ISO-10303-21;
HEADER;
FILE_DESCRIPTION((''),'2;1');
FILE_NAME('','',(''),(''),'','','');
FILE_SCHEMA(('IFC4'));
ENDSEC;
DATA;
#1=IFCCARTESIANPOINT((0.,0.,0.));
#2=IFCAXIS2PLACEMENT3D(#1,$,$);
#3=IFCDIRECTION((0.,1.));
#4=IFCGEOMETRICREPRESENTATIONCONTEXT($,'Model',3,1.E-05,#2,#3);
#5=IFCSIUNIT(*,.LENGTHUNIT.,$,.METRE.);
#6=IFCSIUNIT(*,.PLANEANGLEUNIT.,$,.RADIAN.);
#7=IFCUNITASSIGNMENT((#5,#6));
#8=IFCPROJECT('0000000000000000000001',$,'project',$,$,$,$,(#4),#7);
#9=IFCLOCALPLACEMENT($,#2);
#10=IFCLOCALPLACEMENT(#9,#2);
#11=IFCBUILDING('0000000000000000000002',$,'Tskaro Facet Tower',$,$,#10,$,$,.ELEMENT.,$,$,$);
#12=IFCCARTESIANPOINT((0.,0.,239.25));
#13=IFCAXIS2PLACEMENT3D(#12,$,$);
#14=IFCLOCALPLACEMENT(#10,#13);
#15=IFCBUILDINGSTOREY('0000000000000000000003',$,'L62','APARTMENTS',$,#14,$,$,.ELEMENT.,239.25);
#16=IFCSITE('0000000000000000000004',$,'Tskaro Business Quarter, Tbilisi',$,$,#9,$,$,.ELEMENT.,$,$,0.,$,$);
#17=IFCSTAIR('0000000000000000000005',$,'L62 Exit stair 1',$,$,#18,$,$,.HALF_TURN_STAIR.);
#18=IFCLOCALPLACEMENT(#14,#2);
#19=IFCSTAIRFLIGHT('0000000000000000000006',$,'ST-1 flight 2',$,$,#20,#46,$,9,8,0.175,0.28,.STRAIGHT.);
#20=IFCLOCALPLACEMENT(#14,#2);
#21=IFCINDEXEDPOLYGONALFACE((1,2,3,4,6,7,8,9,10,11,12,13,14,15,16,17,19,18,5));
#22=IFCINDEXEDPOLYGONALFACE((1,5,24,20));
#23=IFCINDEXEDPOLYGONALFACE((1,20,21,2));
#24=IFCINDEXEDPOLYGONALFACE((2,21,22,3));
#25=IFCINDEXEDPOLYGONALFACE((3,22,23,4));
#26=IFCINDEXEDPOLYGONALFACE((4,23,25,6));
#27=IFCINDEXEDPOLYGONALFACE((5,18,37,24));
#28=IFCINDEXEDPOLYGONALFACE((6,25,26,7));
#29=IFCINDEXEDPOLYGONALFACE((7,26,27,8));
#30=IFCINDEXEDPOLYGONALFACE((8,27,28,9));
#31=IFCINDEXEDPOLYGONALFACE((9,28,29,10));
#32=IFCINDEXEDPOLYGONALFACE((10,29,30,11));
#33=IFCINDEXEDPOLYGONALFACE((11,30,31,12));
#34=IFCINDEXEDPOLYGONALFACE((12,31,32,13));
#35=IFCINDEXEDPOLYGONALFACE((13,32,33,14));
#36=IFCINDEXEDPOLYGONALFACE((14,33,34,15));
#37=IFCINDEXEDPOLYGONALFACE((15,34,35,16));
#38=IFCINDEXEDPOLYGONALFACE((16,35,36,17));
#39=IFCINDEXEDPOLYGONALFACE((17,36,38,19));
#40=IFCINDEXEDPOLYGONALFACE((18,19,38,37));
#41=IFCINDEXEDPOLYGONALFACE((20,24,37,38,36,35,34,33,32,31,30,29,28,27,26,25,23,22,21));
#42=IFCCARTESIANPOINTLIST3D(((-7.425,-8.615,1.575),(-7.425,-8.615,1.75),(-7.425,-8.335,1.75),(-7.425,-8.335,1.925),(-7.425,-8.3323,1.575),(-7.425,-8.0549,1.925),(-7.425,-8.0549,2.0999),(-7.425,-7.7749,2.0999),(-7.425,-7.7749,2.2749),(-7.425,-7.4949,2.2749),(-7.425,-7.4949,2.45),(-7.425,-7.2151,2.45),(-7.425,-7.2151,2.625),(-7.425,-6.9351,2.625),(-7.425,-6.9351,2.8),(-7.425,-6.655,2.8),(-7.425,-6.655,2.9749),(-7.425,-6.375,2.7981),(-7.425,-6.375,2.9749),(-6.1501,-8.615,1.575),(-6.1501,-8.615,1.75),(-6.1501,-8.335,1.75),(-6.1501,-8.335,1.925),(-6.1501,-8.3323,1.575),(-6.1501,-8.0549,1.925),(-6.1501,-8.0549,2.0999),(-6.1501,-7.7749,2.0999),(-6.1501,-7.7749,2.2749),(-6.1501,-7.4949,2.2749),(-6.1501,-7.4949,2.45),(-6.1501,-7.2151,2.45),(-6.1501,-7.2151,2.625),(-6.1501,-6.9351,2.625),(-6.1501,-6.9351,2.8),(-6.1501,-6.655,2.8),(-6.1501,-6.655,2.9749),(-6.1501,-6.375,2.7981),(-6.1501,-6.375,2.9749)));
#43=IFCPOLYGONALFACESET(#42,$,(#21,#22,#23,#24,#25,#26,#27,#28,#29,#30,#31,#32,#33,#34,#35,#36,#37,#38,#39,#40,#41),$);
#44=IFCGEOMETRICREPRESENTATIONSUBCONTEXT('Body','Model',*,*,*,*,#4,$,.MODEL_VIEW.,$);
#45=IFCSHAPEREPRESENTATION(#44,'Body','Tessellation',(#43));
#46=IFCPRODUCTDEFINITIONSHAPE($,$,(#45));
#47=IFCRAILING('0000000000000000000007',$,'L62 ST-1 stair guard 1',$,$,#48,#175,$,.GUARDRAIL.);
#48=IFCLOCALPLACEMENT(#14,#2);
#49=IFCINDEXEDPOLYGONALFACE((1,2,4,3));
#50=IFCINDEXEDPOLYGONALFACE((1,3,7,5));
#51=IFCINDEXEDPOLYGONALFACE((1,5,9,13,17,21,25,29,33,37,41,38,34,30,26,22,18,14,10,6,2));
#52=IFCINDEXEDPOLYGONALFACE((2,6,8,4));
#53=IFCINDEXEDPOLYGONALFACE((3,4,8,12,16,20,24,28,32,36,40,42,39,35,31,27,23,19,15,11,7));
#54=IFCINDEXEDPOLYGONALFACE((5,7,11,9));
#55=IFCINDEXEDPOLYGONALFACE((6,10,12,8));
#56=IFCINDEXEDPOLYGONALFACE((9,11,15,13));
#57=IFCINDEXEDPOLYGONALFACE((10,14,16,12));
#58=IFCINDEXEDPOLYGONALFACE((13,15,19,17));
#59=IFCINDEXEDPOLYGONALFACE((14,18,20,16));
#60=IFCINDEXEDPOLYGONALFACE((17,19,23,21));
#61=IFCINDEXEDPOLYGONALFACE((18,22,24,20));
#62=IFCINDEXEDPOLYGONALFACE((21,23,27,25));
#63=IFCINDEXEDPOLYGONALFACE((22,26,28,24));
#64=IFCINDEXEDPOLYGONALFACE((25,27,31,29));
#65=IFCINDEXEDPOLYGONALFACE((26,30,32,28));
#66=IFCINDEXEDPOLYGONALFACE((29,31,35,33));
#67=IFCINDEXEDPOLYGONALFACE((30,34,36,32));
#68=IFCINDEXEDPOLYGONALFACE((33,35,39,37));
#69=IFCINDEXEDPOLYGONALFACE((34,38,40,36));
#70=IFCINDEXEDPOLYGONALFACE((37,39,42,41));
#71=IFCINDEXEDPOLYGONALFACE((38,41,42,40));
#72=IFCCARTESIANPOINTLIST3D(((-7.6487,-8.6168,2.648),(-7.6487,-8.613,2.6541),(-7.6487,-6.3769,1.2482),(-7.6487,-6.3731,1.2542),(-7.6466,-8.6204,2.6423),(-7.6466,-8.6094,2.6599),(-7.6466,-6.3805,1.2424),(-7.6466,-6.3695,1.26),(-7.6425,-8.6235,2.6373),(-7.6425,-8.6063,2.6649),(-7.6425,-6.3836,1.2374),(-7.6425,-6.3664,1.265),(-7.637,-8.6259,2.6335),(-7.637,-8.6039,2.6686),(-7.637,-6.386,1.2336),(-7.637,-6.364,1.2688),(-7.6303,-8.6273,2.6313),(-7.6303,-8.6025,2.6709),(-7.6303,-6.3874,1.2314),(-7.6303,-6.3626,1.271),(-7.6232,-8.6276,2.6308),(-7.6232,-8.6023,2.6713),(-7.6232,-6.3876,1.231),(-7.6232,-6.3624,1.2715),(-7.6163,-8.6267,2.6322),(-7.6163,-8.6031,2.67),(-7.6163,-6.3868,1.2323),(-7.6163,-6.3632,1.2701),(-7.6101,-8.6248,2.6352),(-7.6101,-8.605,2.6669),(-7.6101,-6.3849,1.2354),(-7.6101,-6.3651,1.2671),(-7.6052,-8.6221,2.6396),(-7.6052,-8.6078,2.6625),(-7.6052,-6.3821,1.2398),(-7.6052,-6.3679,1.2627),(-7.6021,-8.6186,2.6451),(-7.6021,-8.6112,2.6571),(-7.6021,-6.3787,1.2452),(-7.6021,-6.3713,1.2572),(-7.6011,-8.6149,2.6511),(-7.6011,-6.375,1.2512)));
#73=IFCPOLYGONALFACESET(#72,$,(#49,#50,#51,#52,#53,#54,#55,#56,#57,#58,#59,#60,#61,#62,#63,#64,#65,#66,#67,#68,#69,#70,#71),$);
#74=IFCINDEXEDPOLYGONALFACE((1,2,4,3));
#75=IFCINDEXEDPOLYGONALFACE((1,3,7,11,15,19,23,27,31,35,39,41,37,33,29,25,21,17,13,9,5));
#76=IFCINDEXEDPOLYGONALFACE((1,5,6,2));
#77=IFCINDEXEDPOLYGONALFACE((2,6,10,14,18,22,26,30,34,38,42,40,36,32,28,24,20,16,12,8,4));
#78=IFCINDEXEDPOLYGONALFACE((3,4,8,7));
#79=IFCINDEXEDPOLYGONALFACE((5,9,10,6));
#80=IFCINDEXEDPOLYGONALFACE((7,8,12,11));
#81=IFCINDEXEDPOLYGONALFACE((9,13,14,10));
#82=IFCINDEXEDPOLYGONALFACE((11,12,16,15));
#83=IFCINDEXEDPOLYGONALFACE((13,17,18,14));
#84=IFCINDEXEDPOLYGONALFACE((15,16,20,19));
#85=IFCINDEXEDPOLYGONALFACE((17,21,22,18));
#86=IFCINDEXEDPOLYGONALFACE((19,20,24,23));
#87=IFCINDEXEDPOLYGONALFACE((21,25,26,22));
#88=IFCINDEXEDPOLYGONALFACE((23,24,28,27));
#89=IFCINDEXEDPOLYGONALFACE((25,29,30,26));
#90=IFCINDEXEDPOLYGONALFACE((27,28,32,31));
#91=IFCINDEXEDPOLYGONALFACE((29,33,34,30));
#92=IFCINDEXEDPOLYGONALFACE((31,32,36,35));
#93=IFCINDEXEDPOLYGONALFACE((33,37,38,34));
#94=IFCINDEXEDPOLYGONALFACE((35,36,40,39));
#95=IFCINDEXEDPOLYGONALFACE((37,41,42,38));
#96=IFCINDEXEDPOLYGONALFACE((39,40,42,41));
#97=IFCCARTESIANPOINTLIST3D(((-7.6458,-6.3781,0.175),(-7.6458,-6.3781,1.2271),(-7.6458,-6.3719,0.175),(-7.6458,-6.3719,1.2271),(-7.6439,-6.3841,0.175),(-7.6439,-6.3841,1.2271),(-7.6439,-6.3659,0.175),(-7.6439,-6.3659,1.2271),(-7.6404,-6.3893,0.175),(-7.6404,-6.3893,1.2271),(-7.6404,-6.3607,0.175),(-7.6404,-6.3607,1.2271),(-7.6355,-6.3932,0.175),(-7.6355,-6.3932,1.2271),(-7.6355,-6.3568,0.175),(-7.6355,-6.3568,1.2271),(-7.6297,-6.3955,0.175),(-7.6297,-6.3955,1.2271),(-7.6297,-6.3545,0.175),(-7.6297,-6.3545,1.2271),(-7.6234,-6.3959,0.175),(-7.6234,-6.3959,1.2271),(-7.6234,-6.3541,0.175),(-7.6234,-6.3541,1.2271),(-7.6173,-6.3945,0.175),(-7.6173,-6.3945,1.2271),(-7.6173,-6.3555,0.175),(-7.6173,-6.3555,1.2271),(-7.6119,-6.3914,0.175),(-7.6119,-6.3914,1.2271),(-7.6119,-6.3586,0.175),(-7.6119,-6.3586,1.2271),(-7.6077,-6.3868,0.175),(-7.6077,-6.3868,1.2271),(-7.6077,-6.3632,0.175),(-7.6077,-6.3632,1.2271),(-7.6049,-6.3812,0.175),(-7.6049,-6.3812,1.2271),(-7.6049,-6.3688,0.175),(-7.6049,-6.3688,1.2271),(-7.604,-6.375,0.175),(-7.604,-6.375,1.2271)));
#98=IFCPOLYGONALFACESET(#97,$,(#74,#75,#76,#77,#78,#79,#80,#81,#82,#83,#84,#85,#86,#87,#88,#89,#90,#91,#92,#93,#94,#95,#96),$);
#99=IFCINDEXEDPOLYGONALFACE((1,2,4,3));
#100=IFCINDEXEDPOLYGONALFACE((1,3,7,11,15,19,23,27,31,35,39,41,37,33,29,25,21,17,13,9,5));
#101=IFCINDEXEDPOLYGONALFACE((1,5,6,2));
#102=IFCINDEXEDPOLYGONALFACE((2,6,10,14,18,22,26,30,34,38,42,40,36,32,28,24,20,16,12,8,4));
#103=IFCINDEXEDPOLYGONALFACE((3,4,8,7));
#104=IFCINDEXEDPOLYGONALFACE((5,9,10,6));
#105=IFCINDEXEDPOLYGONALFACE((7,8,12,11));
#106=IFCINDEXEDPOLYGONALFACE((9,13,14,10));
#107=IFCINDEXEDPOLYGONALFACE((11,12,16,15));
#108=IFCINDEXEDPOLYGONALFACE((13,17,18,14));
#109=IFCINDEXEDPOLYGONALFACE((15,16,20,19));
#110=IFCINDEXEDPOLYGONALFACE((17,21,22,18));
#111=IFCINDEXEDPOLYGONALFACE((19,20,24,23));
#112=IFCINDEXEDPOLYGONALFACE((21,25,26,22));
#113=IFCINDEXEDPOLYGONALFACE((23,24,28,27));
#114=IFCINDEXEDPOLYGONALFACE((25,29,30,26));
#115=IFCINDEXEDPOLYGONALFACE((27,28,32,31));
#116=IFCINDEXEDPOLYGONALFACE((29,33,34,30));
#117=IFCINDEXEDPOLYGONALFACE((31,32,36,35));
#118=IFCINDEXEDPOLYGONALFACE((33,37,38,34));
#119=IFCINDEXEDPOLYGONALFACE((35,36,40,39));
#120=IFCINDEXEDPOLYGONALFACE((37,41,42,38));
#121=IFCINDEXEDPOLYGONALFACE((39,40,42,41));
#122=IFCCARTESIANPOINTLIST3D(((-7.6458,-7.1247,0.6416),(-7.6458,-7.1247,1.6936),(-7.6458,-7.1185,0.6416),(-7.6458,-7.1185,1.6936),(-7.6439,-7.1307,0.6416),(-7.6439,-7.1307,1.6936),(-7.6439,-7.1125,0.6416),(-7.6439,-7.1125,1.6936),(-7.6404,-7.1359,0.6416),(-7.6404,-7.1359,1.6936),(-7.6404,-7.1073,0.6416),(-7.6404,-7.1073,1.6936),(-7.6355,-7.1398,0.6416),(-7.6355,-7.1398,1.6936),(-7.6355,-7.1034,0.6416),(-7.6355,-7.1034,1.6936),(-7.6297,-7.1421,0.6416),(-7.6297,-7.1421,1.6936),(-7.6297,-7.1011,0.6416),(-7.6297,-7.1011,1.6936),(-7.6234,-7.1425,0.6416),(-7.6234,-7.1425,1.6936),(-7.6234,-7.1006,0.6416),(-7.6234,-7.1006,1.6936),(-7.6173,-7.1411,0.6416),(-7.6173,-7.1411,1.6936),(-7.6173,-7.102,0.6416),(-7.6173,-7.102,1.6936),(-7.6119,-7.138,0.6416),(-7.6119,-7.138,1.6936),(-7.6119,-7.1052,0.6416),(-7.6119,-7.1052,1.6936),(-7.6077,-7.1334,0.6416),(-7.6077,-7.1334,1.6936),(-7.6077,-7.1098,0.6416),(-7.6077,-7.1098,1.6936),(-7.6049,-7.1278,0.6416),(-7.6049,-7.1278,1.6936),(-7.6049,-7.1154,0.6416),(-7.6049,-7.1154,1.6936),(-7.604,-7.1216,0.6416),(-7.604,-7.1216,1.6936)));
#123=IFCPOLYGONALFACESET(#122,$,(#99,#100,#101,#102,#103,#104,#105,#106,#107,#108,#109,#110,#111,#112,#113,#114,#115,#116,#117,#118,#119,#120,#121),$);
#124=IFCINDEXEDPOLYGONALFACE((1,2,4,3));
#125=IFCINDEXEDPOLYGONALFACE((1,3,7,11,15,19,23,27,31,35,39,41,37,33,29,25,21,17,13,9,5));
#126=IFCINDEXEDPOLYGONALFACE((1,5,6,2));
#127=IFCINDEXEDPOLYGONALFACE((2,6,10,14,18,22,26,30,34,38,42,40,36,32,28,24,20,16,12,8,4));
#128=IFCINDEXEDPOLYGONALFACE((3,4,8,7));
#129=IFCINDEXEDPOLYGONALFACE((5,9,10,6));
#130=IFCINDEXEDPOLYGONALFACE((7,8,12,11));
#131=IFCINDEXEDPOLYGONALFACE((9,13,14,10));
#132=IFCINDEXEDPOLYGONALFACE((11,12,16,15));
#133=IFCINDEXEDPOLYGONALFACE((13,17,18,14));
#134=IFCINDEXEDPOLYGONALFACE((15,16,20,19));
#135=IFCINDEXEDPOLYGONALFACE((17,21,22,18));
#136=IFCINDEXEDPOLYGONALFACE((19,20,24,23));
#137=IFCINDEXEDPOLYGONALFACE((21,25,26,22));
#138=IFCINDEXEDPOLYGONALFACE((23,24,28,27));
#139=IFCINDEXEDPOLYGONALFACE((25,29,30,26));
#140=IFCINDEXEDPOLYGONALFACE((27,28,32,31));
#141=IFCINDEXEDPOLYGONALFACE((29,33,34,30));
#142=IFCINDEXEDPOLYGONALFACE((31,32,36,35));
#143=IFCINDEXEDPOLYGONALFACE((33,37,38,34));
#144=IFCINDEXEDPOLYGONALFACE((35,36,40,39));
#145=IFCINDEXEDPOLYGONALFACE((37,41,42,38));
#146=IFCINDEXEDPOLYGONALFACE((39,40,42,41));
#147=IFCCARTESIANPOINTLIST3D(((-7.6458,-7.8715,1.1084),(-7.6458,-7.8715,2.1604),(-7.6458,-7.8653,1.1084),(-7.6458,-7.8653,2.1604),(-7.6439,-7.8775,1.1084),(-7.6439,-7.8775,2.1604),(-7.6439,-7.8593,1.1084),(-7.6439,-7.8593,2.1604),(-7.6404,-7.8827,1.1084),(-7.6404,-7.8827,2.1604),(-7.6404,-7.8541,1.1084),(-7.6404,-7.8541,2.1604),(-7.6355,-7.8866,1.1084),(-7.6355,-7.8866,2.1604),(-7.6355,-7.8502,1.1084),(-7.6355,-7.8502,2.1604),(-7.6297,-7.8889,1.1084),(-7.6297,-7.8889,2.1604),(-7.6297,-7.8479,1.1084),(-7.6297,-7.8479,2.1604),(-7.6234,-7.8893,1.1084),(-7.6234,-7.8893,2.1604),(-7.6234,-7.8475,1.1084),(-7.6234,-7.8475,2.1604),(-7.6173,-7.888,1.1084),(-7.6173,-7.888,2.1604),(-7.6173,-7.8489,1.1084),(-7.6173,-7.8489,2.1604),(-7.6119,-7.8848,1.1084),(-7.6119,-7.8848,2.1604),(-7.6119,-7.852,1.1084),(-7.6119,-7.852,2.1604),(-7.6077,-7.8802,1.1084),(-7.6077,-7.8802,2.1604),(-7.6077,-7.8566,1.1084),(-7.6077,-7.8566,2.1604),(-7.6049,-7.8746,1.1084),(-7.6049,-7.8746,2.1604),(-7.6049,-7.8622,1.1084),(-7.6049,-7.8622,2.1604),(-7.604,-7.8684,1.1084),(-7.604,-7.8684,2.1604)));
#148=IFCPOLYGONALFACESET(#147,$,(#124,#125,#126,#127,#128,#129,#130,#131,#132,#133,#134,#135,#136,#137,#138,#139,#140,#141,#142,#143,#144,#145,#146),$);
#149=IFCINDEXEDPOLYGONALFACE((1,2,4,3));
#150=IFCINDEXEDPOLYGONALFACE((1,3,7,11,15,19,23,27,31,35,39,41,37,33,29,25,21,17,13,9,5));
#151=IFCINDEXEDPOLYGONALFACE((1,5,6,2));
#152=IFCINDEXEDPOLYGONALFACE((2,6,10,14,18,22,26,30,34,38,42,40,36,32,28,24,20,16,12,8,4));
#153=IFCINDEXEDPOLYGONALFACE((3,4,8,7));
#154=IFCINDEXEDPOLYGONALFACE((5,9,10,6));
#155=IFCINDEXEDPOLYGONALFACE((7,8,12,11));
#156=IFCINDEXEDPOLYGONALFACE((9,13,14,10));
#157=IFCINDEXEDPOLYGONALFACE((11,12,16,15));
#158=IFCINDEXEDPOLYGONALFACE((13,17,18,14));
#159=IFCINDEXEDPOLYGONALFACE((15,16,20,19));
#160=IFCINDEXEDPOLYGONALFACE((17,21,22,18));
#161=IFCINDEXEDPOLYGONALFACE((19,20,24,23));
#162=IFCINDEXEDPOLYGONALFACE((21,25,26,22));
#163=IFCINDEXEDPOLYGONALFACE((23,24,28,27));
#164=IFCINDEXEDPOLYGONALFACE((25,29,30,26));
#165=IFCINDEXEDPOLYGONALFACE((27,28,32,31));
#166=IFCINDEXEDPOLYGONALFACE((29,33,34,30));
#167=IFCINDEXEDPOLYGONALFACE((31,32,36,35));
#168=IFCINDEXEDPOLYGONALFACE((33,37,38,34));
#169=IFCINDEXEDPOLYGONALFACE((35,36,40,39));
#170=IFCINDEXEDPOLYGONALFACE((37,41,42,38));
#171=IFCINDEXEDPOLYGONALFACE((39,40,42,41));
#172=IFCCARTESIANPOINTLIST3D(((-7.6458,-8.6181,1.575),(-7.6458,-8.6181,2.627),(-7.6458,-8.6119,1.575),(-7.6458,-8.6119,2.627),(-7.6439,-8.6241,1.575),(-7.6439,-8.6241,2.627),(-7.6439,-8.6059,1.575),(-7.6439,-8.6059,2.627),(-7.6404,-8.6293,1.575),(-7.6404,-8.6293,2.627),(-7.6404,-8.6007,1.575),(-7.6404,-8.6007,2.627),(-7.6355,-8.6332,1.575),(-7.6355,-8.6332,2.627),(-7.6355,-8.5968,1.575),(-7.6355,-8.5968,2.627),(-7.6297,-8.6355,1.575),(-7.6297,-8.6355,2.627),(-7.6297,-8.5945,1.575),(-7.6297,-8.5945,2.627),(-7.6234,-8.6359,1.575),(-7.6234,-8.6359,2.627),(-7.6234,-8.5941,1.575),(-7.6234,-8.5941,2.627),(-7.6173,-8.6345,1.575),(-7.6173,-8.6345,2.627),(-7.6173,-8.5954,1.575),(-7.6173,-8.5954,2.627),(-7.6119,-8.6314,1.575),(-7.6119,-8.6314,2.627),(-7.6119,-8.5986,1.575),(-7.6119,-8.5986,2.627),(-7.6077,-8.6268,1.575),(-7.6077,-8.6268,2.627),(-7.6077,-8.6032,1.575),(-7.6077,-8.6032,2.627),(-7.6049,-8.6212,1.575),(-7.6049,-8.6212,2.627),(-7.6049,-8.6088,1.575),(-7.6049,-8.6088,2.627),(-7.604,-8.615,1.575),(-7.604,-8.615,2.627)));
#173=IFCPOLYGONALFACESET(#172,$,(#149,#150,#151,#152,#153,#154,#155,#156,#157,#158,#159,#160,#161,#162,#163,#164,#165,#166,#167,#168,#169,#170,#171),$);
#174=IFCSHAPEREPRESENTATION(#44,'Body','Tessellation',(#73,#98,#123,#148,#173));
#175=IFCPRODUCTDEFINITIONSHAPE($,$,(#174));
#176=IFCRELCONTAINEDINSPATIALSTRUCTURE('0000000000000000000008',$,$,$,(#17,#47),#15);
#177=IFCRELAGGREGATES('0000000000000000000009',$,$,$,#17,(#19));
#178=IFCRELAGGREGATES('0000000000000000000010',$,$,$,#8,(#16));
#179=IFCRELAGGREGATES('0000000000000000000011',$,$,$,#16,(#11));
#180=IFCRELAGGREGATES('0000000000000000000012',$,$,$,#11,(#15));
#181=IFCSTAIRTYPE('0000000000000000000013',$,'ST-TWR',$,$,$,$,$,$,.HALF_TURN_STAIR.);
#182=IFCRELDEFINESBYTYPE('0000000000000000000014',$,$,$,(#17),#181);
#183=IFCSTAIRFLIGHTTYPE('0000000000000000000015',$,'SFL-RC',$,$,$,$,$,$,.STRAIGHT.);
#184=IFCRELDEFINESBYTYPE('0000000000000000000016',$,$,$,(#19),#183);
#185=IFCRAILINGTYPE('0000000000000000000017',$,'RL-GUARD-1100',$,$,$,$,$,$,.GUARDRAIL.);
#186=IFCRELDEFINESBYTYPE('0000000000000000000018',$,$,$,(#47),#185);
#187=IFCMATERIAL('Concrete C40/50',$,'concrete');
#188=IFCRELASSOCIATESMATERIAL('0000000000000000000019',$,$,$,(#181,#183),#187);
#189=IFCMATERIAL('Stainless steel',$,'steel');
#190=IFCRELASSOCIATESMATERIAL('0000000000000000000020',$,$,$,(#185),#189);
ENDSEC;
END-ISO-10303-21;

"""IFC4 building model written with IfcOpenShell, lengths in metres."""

from ifc_helpers import new_model, si_unit, direction, frame, origin, origin_2d, place, context, subcontext, project, spatial, polyline, circle, outline, extrude, material, type_object, element, aggregate, save


model = new_model("IFC4")

# Units and contexts
model_context = context("Model", 3, precision=1e-05, world=origin(), true_north=direction((0.0, 1.0)))
body_context = subcontext(model_context, "Body", "Model", "MODEL_VIEW")
ifc_project = project(units=[si_unit("LENGTHUNIT", "METRE"), si_unit("PLANEANGLEUNIT", "RADIAN")], contexts=[model_context])

# Site, building, storey
site_placement = place(None, origin())
site = spatial("IfcSite", under=ifc_project, at=site_placement, Name="Tskaro Business Quarter, Tbilisi", CompositionType="ELEMENT", RefElevation=0.0)
building_placement = place(site_placement, origin())
building = spatial("IfcBuilding", under=site, at=building_placement, Name="Tskaro Facet Tower", CompositionType="ELEMENT")
storey_placement = place(building_placement, frame((0.0, 0.0, 239.25)))
storey = spatial("IfcBuildingStorey", under=building, at=storey_placement, Name="L62", Description="APARTMENTS", CompositionType="ELEMENT", Elevation=239.25)

# Shared definitions
ifc_material_1 = material(Name="Stainless steel", Category="steel")

# Shared definitions
ifc_material_2 = material(Name="Concrete C40/50", Category="concrete")

# Stair, stair flight
stair_type = type_object("IfcStairType", Name="ST-TWR", PredefinedType="HALF_TURN_STAIR", material=ifc_material_2)
stair_placement = place(storey_placement, origin())
stair = element("IfcStair", 1, at=stair_placement, inside=storey, type_object=stair_type, Name="L62 Exit stair 1", PredefinedType="HALF_TURN_STAIR")
stair_flight_type = type_object("IfcStairFlightType", Name="SFL-RC", PredefinedType="STRAIGHT", material=ifc_material_2)
stair_flight_1_placement = place(storey_placement, frame((-6.7876, -8.615, 1.575), z_axis=(0.0, 0.0, 1.0), x_axis=(0.0, 1.0, 0.0)))
stair_flight_1 = element("IfcStairFlight", 2, at=stair_flight_1_placement, type_object=stair_flight_type, Name="ST-1 flight 2", NumberOfRisers=9, NumberOfTreads=8, PredefinedType="STRAIGHT", RiserHeight=0.175, TreadLength=0.28, context=body_context, shape_type="SweptSolid", body=[
    extrude(outline(polyline([(0.0, 0.0), (0.0, 0.175), (0.28, 0.175), (0.28, 0.3501), (0.5601, 0.3501), (0.5601, 0.5249), (0.8401, 0.5249), (0.8401, 0.7), (1.1201, 0.7), (1.1201, 0.875), (1.3999, 0.875), (1.3999, 1.05), (1.6799, 1.05), (1.6799, 1.2251), (1.96, 1.2251), (1.96, 1.3999), (2.24, 1.3999), (2.24, 1.575), (2.24, 1.2231), (0.2827, 0.0), (0.0, 0.0)])), frame((0.0, 0.6375, 0.0), z_axis=(0.0, -1.0, 0.0), x_axis=(1.0, 0.0, 0.0)), (0.0, 0.0, 1.0), 1.2749),
])
aggregate(stair, [stair_flight_1])

# Railing
railing_type_1 = type_object("IfcRailingType", Name="RL-GUARD-1100", PredefinedType="GUARDRAIL", material=ifc_material_1)
railing_1_placement = place(storey_placement, frame((-7.625, -6.375, 0.175)))
element("IfcRailing", 3, at=railing_1_placement, inside=storey, type_object=railing_type_1, Name="L62 ST-1 stair guard 1", PredefinedType="GUARDRAIL", context=body_context, shape_type="SweptSolid", body=[
    extrude(circle(Radius=0.0239, at=origin_2d()), frame((0.0, 0.0, 1.0762), z_axis=(0.0, -0.848014, 0.529974), x_axis=(1.0, 0.0, 0.0)), (0.0, 0.0, 1.0), 2.6414),
    extrude(circle(Radius=0.021, at=origin_2d()), origin(), (0.0, 0.0, 1.0), 1.052),
    extrude(circle(Radius=0.021, at=origin_2d()), frame((0.0, -0.7466, 0.4666)), (0.0, 0.0, 1.0), 1.052),
    extrude(circle(Radius=0.021, at=origin_2d()), frame((0.0, -1.4934, 0.9333)), (0.0, 0.0, 1.0), 1.052),
    extrude(circle(Radius=0.021, at=origin_2d()), frame((0.0, -2.24, 1.3999)), (0.0, 0.0, 1.0), 1.052),
])

save(model, "model.ifc")
